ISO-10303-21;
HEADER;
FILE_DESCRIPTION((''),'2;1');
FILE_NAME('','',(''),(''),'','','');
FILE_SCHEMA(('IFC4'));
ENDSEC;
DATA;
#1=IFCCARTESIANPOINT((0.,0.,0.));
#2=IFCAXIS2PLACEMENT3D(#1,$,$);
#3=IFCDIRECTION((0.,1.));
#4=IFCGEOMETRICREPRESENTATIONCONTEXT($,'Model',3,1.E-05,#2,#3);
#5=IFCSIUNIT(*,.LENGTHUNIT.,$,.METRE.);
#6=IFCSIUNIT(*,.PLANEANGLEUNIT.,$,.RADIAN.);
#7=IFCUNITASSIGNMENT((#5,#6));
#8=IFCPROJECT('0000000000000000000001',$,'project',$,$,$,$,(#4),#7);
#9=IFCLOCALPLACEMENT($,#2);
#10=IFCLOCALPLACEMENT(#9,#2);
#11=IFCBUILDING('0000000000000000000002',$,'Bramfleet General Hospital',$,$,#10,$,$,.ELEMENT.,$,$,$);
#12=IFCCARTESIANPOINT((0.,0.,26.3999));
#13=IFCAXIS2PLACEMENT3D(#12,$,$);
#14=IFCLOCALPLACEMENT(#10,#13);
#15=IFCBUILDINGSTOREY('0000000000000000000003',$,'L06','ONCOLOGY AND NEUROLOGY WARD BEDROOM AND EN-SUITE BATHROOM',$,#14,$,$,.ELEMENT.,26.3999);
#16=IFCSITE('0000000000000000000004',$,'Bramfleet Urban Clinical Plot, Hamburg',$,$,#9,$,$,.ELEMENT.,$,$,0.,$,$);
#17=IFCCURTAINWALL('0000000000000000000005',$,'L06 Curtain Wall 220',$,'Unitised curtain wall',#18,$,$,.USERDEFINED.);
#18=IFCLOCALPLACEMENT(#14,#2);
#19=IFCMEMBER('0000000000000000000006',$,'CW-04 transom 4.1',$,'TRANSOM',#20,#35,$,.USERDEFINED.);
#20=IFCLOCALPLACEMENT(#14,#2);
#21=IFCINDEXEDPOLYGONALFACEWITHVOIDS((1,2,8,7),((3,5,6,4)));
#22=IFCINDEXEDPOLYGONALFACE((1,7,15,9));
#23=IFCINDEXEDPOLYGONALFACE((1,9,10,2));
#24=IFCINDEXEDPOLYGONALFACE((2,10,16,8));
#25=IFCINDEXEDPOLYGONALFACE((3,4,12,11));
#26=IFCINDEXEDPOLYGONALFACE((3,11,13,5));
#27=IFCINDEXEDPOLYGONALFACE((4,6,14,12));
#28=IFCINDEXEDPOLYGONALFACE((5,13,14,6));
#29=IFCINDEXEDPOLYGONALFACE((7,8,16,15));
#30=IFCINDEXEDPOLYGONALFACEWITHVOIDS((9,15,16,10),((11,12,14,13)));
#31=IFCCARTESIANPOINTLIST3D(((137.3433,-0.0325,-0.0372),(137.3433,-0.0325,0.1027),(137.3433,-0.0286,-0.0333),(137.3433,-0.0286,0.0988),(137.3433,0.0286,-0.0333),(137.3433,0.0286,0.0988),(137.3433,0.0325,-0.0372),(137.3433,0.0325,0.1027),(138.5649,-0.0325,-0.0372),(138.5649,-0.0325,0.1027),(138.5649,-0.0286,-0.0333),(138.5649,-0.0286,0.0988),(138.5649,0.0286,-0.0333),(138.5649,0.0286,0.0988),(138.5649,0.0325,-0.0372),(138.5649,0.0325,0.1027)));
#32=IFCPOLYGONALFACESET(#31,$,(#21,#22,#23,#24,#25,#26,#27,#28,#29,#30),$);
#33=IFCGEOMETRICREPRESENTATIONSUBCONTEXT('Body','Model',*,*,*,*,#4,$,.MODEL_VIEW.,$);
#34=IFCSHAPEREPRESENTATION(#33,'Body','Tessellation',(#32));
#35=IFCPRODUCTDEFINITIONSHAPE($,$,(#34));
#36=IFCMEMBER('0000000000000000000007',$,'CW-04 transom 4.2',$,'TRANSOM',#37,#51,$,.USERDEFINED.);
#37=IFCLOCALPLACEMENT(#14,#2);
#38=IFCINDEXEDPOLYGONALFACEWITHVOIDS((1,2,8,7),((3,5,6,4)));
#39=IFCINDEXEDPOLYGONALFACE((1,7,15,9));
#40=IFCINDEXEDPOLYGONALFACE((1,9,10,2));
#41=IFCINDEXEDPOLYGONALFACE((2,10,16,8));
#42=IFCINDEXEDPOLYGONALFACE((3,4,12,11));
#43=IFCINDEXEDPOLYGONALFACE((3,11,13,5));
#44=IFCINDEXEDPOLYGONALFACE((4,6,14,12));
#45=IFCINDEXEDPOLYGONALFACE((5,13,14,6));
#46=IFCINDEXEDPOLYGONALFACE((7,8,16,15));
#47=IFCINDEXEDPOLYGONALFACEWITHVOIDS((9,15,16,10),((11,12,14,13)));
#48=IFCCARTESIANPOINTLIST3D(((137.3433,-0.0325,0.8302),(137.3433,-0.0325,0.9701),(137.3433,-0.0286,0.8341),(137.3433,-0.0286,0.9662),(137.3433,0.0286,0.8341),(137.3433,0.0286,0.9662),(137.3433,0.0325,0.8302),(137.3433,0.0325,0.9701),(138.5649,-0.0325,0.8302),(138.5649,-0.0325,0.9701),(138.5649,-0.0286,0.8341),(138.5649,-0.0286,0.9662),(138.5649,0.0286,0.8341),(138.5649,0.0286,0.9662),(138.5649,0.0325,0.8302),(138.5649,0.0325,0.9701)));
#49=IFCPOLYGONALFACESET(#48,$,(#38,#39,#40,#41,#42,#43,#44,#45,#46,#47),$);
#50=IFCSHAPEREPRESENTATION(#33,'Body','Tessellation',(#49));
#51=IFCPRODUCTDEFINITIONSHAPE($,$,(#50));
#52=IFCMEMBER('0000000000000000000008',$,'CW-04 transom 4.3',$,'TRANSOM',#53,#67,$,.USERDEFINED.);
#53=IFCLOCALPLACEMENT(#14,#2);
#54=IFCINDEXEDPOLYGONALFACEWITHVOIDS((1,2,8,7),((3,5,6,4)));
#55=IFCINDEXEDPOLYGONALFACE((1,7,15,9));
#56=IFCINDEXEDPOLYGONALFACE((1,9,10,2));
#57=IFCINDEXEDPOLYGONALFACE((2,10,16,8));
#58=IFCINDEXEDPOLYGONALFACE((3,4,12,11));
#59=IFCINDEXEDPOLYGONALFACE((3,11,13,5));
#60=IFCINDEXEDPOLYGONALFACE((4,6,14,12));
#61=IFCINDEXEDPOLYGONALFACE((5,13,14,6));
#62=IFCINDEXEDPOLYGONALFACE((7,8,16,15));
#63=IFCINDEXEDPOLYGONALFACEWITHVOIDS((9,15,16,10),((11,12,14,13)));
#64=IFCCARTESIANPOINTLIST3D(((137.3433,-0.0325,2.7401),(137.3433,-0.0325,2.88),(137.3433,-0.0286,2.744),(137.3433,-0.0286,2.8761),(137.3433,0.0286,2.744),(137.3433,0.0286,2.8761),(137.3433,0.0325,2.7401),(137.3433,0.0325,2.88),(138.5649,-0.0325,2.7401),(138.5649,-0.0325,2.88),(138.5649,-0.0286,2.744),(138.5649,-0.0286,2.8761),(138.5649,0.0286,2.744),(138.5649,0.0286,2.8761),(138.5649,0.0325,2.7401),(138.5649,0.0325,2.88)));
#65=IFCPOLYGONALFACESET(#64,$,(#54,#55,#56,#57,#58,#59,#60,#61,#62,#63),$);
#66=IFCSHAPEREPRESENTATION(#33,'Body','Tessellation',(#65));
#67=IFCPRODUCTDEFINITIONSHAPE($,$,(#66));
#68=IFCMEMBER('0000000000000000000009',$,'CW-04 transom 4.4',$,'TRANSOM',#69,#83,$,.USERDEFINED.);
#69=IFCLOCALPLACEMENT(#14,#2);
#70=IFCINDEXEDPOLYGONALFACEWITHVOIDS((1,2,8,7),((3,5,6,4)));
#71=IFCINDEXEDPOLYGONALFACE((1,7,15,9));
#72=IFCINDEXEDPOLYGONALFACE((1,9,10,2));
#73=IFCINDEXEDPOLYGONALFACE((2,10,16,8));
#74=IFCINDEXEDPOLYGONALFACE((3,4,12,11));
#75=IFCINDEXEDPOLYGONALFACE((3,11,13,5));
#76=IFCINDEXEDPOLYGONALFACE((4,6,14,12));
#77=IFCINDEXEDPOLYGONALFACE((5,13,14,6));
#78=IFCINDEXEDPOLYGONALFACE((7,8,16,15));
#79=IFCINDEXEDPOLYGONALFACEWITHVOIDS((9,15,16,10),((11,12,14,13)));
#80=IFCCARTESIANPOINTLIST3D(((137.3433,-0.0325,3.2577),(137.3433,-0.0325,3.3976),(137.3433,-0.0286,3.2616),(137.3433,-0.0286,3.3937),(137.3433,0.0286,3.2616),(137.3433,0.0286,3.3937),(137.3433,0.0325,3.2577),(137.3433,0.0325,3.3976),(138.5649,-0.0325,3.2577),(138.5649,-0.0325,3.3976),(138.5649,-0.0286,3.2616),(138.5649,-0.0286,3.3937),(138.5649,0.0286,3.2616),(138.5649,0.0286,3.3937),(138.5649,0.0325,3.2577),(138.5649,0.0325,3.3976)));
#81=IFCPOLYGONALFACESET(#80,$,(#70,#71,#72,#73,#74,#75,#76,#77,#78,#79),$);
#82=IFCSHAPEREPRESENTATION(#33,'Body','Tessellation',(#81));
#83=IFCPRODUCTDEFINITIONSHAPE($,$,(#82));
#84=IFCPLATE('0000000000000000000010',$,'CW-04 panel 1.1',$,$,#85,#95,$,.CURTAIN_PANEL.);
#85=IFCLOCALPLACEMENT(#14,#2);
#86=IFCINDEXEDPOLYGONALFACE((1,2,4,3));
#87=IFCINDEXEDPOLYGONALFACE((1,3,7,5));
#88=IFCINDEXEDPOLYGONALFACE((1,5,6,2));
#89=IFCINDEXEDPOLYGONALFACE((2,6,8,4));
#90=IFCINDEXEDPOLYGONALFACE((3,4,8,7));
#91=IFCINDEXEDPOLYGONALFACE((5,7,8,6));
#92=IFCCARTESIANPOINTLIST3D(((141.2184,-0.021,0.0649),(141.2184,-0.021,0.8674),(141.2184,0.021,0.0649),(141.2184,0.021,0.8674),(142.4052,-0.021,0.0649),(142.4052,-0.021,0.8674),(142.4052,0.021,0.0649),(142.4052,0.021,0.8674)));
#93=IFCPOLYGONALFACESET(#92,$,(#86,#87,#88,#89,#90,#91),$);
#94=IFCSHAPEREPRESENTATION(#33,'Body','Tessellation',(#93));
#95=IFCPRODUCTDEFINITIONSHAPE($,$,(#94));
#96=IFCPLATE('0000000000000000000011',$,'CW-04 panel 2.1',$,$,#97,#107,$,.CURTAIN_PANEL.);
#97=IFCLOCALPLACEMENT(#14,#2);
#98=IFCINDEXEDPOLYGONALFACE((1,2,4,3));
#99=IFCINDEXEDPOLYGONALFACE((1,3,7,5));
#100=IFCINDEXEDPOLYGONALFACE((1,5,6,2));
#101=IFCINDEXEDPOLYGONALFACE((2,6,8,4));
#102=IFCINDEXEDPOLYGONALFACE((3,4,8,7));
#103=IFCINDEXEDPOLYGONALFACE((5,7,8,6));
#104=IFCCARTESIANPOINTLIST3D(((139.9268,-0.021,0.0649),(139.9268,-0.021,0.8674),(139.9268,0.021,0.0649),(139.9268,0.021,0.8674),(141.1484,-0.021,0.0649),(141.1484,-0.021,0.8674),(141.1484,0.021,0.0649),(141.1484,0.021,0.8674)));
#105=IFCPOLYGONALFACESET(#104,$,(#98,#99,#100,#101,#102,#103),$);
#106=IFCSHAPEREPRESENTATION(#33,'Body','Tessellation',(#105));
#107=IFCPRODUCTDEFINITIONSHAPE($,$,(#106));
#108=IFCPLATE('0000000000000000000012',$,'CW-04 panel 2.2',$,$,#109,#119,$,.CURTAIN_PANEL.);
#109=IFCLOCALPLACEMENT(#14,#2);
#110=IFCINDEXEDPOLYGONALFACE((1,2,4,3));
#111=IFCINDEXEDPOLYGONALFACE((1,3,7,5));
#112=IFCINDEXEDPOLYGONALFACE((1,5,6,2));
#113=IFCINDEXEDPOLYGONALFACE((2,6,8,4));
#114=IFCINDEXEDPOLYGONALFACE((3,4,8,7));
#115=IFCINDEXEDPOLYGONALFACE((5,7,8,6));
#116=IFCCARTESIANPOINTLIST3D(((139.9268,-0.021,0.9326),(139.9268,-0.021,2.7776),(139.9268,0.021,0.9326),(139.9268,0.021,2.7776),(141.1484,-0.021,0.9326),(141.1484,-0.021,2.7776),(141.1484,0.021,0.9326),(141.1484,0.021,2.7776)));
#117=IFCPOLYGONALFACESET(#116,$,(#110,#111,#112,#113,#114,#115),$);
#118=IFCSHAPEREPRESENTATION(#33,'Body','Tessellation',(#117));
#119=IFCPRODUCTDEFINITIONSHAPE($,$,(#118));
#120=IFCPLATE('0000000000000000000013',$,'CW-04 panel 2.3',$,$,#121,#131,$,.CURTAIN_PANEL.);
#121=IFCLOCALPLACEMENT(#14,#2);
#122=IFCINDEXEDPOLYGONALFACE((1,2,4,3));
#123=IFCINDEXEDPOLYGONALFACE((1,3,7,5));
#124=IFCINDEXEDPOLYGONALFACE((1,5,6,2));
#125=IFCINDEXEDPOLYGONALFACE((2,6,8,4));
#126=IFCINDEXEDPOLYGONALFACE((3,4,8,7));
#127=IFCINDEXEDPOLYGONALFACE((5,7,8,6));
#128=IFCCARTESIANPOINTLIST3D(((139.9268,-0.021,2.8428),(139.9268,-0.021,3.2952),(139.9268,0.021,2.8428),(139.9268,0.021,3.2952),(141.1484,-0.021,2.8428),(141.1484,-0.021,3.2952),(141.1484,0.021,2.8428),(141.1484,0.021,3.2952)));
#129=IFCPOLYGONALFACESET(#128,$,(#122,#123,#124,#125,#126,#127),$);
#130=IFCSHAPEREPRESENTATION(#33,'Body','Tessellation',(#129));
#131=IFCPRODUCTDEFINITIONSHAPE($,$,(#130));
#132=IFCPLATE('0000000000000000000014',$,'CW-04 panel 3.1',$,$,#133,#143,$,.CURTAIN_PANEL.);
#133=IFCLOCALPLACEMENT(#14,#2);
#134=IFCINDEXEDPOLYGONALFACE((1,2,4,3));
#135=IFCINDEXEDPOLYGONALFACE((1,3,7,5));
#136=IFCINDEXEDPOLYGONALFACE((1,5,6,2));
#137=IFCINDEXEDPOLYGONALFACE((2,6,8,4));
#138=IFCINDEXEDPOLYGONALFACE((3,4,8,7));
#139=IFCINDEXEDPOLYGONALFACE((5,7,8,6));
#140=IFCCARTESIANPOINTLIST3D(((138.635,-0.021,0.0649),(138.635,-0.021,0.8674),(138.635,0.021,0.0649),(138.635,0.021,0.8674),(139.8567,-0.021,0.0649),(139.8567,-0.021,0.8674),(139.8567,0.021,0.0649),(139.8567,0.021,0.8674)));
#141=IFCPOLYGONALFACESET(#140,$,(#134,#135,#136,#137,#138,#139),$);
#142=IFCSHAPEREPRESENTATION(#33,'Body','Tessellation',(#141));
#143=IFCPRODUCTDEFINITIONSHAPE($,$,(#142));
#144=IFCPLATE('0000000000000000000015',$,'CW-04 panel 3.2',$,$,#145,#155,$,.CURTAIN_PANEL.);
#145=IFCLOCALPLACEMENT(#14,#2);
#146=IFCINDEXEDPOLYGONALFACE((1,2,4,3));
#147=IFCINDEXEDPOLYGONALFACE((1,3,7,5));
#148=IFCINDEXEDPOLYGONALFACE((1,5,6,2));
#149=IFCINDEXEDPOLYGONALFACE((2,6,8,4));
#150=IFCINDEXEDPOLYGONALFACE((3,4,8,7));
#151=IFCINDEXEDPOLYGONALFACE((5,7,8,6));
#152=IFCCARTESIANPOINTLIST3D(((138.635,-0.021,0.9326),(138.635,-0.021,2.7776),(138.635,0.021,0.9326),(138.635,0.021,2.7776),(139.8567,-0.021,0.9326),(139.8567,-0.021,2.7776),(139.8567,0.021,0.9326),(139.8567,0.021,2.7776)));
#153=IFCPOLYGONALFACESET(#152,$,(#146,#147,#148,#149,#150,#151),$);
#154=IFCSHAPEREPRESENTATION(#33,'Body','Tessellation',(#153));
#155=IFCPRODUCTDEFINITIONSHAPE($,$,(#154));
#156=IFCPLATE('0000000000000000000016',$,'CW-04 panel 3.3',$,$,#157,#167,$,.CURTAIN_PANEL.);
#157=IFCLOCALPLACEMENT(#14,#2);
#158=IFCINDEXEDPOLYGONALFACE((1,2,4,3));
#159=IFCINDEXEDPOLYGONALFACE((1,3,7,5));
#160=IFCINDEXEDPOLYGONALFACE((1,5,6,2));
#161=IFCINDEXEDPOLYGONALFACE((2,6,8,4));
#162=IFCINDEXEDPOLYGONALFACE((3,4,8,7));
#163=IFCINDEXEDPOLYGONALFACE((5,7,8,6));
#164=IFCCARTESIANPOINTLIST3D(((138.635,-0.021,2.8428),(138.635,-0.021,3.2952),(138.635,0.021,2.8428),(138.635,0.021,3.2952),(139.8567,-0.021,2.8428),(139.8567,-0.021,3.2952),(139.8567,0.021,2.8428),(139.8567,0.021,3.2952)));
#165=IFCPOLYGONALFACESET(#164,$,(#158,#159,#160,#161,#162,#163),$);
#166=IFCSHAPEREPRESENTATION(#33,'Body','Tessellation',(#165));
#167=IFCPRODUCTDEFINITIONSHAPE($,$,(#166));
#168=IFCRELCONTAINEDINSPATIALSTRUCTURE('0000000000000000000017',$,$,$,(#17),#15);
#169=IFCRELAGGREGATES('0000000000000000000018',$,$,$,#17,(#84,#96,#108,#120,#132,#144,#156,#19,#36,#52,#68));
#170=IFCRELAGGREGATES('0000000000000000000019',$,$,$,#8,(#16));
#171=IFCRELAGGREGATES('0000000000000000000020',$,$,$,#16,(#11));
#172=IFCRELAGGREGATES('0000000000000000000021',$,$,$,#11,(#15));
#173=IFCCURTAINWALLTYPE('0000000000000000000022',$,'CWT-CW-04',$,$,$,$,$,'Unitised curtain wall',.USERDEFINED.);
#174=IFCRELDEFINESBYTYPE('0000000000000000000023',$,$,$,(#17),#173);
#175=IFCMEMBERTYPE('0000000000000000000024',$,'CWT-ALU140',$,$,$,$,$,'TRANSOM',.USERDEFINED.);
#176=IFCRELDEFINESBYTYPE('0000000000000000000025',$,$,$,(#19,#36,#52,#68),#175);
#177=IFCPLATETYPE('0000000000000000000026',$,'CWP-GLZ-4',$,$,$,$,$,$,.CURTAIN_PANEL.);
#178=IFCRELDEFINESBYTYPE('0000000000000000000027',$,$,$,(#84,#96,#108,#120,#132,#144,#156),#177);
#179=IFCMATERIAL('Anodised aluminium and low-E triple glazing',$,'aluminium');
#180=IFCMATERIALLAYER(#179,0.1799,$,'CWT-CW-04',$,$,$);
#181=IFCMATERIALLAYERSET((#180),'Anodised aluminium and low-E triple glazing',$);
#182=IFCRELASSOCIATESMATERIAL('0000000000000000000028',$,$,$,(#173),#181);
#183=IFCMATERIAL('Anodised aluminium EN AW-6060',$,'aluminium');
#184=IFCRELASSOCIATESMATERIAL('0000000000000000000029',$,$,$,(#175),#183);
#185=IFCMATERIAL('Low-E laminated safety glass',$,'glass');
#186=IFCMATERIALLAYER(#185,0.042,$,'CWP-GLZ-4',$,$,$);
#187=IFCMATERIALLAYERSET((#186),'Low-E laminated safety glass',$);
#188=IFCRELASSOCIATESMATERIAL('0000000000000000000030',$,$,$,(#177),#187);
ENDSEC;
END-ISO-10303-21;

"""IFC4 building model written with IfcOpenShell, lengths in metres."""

from ifc_helpers import new_model, si_unit, direction, frame, origin, origin_2d, place, context, subcontext, project, spatial, rectangle, hollow_rectangle, extrude, material, layer, layer_set, material_profile, profile_set, type_object, element, aggregate, save


model = new_model("IFC4")

# Units and contexts
model_context = context("Model", 3, precision=1e-05, world=origin(), true_north=direction((0.0, 1.0)))
body_context = subcontext(model_context, "Body", "Model", "MODEL_VIEW")
ifc_project = project(units=[si_unit("LENGTHUNIT", "METRE"), si_unit("PLANEANGLEUNIT", "RADIAN")], contexts=[model_context])

# Site, building, storey
site_placement = place(None, origin())
site = spatial("IfcSite", under=ifc_project, at=site_placement, Name="Bramfleet Urban Clinical Plot, Hamburg", CompositionType="ELEMENT", RefElevation=0.0)
building_placement = place(site_placement, origin())
building = spatial("IfcBuilding", under=site, at=building_placement, Name="Bramfleet General Hospital", CompositionType="ELEMENT")
storey_placement = place(building_placement, frame((0.0, 0.0, 26.3999)))
storey = spatial("IfcBuildingStorey", under=building, at=storey_placement, Name="L06", Description="ONCOLOGY AND NEUROLOGY WARD BEDROOM AND EN-SUITE BATHROOM", CompositionType="ELEMENT", Elevation=26.3999)

# Curtain wall, members, plates
ifc_material_1 = material(Name="Anodised aluminium and low-E triple glazing", Category="aluminium")
ifc_layer_1 = layer(ifc_material_1, 0.1799, Name="CWT-CW-04")
ifc_layer_set_1 = layer_set([ifc_layer_1], Name="Anodised aluminium and low-E triple glazing")
curtain_wall_type = type_object("IfcCurtainWallType", Name="CWT-CW-04", ElementType="Unitised curtain wall", PredefinedType="USERDEFINED", material=ifc_layer_set_1)
curtain_wall_placement = place(storey_placement, origin())
curtain_wall = element("IfcCurtainWall", 1, at=curtain_wall_placement, inside=storey, type_object=curtain_wall_type, Name="L06 Curtain Wall 220", ObjectType="Unitised curtain wall", PredefinedType="USERDEFINED")
ifc_material_2 = material(Name="Anodised aluminium EN AW-6060", Category="aluminium")
ifc_material_profile_1 = material_profile(ifc_material_2, hollow_rectangle(XDim=0.0649, YDim=0.1399, WallThickness=0.0039, at=origin_2d()), Name="ALU 140x65x4.0")
ifc_profile_set_1 = profile_set([ifc_material_profile_1], Name="Anodised aluminium EN AW-6060")
member_type_1 = type_object("IfcMemberType", Name="CWT-ALU140", ElementType="TRANSOM", PredefinedType="USERDEFINED", material=ifc_profile_set_1)
member_1_placement = place(storey_placement, frame((138.5649, 0.0, 0.0327), z_axis=(-1.0, 0.0, 0.0), x_axis=(0.0, -1.0, 0.0)))
member_1 = element("IfcMember", 2, at=member_1_placement, type_object=member_type_1, Name="CW-04 transom 4.1", ObjectType="TRANSOM", PredefinedType="USERDEFINED", context=body_context, shape_type="SweptSolid", body=[
    extrude(hollow_rectangle(XDim=0.0649, YDim=0.1399, WallThickness=0.0039, at=origin_2d()), origin(), (0.0, 0.0, 1.0), 1.2217),
])
member_2_placement = place(storey_placement, frame((138.5649, 0.0, 0.9001), z_axis=(-1.0, 0.0, 0.0), x_axis=(0.0, -1.0, 0.0)))
member_2 = element("IfcMember", 3, at=member_2_placement, type_object=member_type_1, Name="CW-04 transom 4.2", ObjectType="TRANSOM", PredefinedType="USERDEFINED", context=body_context, shape_type="SweptSolid", body=[
    extrude(hollow_rectangle(XDim=0.0649, YDim=0.1399, WallThickness=0.0039, at=origin_2d()), origin(), (0.0, 0.0, 1.0), 1.2217),
])
member_3_placement = place(storey_placement, frame((138.5649, 0.0, 2.8101), z_axis=(-1.0, 0.0, 0.0), x_axis=(0.0, -1.0, 0.0)))
member_3 = element("IfcMember", 4, at=member_3_placement, type_object=member_type_1, Name="CW-04 transom 4.3", ObjectType="TRANSOM", PredefinedType="USERDEFINED", context=body_context, shape_type="SweptSolid", body=[
    extrude(hollow_rectangle(XDim=0.0649, YDim=0.1399, WallThickness=0.0039, at=origin_2d()), origin(), (0.0, 0.0, 1.0), 1.2217),
])
member_4_placement = place(storey_placement, frame((138.5649, 0.0, 3.3276), z_axis=(-1.0, 0.0, 0.0), x_axis=(0.0, -1.0, 0.0)))
member_4 = element("IfcMember", 5, at=member_4_placement, type_object=member_type_1, Name="CW-04 transom 4.4", ObjectType="TRANSOM", PredefinedType="USERDEFINED", context=body_context, shape_type="SweptSolid", body=[
    extrude(hollow_rectangle(XDim=0.0649, YDim=0.1399, WallThickness=0.0039, at=origin_2d()), origin(), (0.0, 0.0, 1.0), 1.2217),
])
ifc_material_3 = material(Name="Low-E laminated safety glass", Category="glass")
ifc_layer_2 = layer(ifc_material_3, 0.042, Name="CWP-GLZ-4")
ifc_layer_set_2 = layer_set([ifc_layer_2], Name="Low-E laminated safety glass")
plate_type = type_object("IfcPlateType", Name="CWP-GLZ-4", PredefinedType="CURTAIN_PANEL", material=ifc_layer_set_2)
plate_1_placement = place(storey_placement, frame((141.8118, 0.0, 0.0649), z_axis=(0.0, 0.0, 1.0), x_axis=(-1.0, 0.0, 0.0)))
plate_1 = element("IfcPlate", 6, at=plate_1_placement, type_object=plate_type, Name="CW-04 panel 1.1", PredefinedType="CURTAIN_PANEL", context=body_context, shape_type="SweptSolid", body=[
    extrude(rectangle(XDim=1.1868, YDim=0.042, at=origin_2d()), origin(), (0.0, 0.0, 1.0), 0.8025),
])
plate_2_placement = place(storey_placement, frame((140.5376, 0.0, 0.0649), z_axis=(0.0, 0.0, 1.0), x_axis=(-1.0, 0.0, 0.0)))
plate_2 = element("IfcPlate", 7, at=plate_2_placement, type_object=plate_type, Name="CW-04 panel 2.1", PredefinedType="CURTAIN_PANEL", context=body_context, shape_type="SweptSolid", body=[
    extrude(rectangle(XDim=1.2217, YDim=0.042, at=origin_2d()), origin(), (0.0, 0.0, 1.0), 0.8025),
])
plate_3_placement = place(storey_placement, frame((140.5376, 0.0, 0.9326), z_axis=(0.0, 0.0, 1.0), x_axis=(-1.0, 0.0, 0.0)))
plate_3 = element("IfcPlate", 8, at=plate_3_placement, type_object=plate_type, Name="CW-04 panel 2.2", PredefinedType="CURTAIN_PANEL", context=body_context, shape_type="SweptSolid", body=[
    extrude(rectangle(XDim=1.2217, YDim=0.042, at=origin_2d()), origin(), (0.0, 0.0, 1.0), 1.845),
])
plate_4_placement = place(storey_placement, frame((140.5376, 0.0, 2.8428), z_axis=(0.0, 0.0, 1.0), x_axis=(-1.0, 0.0, 0.0)))
plate_4 = element("IfcPlate", 9, at=plate_4_placement, type_object=plate_type, Name="CW-04 panel 2.3", PredefinedType="CURTAIN_PANEL", context=body_context, shape_type="SweptSolid", body=[
    extrude(rectangle(XDim=1.2217, YDim=0.042, at=origin_2d()), origin(), (0.0, 0.0, 1.0), 0.4524),
])
plate_5_placement = place(storey_placement, frame((139.2458, 0.0, 0.0649), z_axis=(0.0, 0.0, 1.0), x_axis=(-1.0, 0.0, 0.0)))
plate_5 = element("IfcPlate", 10, at=plate_5_placement, type_object=plate_type, Name="CW-04 panel 3.1", PredefinedType="CURTAIN_PANEL", context=body_context, shape_type="SweptSolid", body=[
    extrude(rectangle(XDim=1.2217, YDim=0.042, at=origin_2d()), origin(), (0.0, 0.0, 1.0), 0.8025),
])
plate_6_placement = place(storey_placement, frame((139.2458, 0.0, 0.9326), z_axis=(0.0, 0.0, 1.0), x_axis=(-1.0, 0.0, 0.0)))
plate_6 = element("IfcPlate", 11, at=plate_6_placement, type_object=plate_type, Name="CW-04 panel 3.2", PredefinedType="CURTAIN_PANEL", context=body_context, shape_type="SweptSolid", body=[
    extrude(rectangle(XDim=1.2217, YDim=0.042, at=origin_2d()), origin(), (0.0, 0.0, 1.0), 1.845),
])
plate_7_placement = place(storey_placement, frame((139.2458, 0.0, 2.8428), z_axis=(0.0, 0.0, 1.0), x_axis=(-1.0, 0.0, 0.0)))
plate_7 = element("IfcPlate", 12, at=plate_7_placement, type_object=plate_type, Name="CW-04 panel 3.3", PredefinedType="CURTAIN_PANEL", context=body_context, shape_type="SweptSolid", body=[
    extrude(rectangle(XDim=1.2217, YDim=0.042, at=origin_2d()), origin(), (0.0, 0.0, 1.0), 0.4524),
])
aggregate(curtain_wall, [plate_1, plate_2, plate_3, plate_4, plate_5, plate_6, plate_7, member_1, member_2, member_3, member_4])

save(model, "model.ifc")
